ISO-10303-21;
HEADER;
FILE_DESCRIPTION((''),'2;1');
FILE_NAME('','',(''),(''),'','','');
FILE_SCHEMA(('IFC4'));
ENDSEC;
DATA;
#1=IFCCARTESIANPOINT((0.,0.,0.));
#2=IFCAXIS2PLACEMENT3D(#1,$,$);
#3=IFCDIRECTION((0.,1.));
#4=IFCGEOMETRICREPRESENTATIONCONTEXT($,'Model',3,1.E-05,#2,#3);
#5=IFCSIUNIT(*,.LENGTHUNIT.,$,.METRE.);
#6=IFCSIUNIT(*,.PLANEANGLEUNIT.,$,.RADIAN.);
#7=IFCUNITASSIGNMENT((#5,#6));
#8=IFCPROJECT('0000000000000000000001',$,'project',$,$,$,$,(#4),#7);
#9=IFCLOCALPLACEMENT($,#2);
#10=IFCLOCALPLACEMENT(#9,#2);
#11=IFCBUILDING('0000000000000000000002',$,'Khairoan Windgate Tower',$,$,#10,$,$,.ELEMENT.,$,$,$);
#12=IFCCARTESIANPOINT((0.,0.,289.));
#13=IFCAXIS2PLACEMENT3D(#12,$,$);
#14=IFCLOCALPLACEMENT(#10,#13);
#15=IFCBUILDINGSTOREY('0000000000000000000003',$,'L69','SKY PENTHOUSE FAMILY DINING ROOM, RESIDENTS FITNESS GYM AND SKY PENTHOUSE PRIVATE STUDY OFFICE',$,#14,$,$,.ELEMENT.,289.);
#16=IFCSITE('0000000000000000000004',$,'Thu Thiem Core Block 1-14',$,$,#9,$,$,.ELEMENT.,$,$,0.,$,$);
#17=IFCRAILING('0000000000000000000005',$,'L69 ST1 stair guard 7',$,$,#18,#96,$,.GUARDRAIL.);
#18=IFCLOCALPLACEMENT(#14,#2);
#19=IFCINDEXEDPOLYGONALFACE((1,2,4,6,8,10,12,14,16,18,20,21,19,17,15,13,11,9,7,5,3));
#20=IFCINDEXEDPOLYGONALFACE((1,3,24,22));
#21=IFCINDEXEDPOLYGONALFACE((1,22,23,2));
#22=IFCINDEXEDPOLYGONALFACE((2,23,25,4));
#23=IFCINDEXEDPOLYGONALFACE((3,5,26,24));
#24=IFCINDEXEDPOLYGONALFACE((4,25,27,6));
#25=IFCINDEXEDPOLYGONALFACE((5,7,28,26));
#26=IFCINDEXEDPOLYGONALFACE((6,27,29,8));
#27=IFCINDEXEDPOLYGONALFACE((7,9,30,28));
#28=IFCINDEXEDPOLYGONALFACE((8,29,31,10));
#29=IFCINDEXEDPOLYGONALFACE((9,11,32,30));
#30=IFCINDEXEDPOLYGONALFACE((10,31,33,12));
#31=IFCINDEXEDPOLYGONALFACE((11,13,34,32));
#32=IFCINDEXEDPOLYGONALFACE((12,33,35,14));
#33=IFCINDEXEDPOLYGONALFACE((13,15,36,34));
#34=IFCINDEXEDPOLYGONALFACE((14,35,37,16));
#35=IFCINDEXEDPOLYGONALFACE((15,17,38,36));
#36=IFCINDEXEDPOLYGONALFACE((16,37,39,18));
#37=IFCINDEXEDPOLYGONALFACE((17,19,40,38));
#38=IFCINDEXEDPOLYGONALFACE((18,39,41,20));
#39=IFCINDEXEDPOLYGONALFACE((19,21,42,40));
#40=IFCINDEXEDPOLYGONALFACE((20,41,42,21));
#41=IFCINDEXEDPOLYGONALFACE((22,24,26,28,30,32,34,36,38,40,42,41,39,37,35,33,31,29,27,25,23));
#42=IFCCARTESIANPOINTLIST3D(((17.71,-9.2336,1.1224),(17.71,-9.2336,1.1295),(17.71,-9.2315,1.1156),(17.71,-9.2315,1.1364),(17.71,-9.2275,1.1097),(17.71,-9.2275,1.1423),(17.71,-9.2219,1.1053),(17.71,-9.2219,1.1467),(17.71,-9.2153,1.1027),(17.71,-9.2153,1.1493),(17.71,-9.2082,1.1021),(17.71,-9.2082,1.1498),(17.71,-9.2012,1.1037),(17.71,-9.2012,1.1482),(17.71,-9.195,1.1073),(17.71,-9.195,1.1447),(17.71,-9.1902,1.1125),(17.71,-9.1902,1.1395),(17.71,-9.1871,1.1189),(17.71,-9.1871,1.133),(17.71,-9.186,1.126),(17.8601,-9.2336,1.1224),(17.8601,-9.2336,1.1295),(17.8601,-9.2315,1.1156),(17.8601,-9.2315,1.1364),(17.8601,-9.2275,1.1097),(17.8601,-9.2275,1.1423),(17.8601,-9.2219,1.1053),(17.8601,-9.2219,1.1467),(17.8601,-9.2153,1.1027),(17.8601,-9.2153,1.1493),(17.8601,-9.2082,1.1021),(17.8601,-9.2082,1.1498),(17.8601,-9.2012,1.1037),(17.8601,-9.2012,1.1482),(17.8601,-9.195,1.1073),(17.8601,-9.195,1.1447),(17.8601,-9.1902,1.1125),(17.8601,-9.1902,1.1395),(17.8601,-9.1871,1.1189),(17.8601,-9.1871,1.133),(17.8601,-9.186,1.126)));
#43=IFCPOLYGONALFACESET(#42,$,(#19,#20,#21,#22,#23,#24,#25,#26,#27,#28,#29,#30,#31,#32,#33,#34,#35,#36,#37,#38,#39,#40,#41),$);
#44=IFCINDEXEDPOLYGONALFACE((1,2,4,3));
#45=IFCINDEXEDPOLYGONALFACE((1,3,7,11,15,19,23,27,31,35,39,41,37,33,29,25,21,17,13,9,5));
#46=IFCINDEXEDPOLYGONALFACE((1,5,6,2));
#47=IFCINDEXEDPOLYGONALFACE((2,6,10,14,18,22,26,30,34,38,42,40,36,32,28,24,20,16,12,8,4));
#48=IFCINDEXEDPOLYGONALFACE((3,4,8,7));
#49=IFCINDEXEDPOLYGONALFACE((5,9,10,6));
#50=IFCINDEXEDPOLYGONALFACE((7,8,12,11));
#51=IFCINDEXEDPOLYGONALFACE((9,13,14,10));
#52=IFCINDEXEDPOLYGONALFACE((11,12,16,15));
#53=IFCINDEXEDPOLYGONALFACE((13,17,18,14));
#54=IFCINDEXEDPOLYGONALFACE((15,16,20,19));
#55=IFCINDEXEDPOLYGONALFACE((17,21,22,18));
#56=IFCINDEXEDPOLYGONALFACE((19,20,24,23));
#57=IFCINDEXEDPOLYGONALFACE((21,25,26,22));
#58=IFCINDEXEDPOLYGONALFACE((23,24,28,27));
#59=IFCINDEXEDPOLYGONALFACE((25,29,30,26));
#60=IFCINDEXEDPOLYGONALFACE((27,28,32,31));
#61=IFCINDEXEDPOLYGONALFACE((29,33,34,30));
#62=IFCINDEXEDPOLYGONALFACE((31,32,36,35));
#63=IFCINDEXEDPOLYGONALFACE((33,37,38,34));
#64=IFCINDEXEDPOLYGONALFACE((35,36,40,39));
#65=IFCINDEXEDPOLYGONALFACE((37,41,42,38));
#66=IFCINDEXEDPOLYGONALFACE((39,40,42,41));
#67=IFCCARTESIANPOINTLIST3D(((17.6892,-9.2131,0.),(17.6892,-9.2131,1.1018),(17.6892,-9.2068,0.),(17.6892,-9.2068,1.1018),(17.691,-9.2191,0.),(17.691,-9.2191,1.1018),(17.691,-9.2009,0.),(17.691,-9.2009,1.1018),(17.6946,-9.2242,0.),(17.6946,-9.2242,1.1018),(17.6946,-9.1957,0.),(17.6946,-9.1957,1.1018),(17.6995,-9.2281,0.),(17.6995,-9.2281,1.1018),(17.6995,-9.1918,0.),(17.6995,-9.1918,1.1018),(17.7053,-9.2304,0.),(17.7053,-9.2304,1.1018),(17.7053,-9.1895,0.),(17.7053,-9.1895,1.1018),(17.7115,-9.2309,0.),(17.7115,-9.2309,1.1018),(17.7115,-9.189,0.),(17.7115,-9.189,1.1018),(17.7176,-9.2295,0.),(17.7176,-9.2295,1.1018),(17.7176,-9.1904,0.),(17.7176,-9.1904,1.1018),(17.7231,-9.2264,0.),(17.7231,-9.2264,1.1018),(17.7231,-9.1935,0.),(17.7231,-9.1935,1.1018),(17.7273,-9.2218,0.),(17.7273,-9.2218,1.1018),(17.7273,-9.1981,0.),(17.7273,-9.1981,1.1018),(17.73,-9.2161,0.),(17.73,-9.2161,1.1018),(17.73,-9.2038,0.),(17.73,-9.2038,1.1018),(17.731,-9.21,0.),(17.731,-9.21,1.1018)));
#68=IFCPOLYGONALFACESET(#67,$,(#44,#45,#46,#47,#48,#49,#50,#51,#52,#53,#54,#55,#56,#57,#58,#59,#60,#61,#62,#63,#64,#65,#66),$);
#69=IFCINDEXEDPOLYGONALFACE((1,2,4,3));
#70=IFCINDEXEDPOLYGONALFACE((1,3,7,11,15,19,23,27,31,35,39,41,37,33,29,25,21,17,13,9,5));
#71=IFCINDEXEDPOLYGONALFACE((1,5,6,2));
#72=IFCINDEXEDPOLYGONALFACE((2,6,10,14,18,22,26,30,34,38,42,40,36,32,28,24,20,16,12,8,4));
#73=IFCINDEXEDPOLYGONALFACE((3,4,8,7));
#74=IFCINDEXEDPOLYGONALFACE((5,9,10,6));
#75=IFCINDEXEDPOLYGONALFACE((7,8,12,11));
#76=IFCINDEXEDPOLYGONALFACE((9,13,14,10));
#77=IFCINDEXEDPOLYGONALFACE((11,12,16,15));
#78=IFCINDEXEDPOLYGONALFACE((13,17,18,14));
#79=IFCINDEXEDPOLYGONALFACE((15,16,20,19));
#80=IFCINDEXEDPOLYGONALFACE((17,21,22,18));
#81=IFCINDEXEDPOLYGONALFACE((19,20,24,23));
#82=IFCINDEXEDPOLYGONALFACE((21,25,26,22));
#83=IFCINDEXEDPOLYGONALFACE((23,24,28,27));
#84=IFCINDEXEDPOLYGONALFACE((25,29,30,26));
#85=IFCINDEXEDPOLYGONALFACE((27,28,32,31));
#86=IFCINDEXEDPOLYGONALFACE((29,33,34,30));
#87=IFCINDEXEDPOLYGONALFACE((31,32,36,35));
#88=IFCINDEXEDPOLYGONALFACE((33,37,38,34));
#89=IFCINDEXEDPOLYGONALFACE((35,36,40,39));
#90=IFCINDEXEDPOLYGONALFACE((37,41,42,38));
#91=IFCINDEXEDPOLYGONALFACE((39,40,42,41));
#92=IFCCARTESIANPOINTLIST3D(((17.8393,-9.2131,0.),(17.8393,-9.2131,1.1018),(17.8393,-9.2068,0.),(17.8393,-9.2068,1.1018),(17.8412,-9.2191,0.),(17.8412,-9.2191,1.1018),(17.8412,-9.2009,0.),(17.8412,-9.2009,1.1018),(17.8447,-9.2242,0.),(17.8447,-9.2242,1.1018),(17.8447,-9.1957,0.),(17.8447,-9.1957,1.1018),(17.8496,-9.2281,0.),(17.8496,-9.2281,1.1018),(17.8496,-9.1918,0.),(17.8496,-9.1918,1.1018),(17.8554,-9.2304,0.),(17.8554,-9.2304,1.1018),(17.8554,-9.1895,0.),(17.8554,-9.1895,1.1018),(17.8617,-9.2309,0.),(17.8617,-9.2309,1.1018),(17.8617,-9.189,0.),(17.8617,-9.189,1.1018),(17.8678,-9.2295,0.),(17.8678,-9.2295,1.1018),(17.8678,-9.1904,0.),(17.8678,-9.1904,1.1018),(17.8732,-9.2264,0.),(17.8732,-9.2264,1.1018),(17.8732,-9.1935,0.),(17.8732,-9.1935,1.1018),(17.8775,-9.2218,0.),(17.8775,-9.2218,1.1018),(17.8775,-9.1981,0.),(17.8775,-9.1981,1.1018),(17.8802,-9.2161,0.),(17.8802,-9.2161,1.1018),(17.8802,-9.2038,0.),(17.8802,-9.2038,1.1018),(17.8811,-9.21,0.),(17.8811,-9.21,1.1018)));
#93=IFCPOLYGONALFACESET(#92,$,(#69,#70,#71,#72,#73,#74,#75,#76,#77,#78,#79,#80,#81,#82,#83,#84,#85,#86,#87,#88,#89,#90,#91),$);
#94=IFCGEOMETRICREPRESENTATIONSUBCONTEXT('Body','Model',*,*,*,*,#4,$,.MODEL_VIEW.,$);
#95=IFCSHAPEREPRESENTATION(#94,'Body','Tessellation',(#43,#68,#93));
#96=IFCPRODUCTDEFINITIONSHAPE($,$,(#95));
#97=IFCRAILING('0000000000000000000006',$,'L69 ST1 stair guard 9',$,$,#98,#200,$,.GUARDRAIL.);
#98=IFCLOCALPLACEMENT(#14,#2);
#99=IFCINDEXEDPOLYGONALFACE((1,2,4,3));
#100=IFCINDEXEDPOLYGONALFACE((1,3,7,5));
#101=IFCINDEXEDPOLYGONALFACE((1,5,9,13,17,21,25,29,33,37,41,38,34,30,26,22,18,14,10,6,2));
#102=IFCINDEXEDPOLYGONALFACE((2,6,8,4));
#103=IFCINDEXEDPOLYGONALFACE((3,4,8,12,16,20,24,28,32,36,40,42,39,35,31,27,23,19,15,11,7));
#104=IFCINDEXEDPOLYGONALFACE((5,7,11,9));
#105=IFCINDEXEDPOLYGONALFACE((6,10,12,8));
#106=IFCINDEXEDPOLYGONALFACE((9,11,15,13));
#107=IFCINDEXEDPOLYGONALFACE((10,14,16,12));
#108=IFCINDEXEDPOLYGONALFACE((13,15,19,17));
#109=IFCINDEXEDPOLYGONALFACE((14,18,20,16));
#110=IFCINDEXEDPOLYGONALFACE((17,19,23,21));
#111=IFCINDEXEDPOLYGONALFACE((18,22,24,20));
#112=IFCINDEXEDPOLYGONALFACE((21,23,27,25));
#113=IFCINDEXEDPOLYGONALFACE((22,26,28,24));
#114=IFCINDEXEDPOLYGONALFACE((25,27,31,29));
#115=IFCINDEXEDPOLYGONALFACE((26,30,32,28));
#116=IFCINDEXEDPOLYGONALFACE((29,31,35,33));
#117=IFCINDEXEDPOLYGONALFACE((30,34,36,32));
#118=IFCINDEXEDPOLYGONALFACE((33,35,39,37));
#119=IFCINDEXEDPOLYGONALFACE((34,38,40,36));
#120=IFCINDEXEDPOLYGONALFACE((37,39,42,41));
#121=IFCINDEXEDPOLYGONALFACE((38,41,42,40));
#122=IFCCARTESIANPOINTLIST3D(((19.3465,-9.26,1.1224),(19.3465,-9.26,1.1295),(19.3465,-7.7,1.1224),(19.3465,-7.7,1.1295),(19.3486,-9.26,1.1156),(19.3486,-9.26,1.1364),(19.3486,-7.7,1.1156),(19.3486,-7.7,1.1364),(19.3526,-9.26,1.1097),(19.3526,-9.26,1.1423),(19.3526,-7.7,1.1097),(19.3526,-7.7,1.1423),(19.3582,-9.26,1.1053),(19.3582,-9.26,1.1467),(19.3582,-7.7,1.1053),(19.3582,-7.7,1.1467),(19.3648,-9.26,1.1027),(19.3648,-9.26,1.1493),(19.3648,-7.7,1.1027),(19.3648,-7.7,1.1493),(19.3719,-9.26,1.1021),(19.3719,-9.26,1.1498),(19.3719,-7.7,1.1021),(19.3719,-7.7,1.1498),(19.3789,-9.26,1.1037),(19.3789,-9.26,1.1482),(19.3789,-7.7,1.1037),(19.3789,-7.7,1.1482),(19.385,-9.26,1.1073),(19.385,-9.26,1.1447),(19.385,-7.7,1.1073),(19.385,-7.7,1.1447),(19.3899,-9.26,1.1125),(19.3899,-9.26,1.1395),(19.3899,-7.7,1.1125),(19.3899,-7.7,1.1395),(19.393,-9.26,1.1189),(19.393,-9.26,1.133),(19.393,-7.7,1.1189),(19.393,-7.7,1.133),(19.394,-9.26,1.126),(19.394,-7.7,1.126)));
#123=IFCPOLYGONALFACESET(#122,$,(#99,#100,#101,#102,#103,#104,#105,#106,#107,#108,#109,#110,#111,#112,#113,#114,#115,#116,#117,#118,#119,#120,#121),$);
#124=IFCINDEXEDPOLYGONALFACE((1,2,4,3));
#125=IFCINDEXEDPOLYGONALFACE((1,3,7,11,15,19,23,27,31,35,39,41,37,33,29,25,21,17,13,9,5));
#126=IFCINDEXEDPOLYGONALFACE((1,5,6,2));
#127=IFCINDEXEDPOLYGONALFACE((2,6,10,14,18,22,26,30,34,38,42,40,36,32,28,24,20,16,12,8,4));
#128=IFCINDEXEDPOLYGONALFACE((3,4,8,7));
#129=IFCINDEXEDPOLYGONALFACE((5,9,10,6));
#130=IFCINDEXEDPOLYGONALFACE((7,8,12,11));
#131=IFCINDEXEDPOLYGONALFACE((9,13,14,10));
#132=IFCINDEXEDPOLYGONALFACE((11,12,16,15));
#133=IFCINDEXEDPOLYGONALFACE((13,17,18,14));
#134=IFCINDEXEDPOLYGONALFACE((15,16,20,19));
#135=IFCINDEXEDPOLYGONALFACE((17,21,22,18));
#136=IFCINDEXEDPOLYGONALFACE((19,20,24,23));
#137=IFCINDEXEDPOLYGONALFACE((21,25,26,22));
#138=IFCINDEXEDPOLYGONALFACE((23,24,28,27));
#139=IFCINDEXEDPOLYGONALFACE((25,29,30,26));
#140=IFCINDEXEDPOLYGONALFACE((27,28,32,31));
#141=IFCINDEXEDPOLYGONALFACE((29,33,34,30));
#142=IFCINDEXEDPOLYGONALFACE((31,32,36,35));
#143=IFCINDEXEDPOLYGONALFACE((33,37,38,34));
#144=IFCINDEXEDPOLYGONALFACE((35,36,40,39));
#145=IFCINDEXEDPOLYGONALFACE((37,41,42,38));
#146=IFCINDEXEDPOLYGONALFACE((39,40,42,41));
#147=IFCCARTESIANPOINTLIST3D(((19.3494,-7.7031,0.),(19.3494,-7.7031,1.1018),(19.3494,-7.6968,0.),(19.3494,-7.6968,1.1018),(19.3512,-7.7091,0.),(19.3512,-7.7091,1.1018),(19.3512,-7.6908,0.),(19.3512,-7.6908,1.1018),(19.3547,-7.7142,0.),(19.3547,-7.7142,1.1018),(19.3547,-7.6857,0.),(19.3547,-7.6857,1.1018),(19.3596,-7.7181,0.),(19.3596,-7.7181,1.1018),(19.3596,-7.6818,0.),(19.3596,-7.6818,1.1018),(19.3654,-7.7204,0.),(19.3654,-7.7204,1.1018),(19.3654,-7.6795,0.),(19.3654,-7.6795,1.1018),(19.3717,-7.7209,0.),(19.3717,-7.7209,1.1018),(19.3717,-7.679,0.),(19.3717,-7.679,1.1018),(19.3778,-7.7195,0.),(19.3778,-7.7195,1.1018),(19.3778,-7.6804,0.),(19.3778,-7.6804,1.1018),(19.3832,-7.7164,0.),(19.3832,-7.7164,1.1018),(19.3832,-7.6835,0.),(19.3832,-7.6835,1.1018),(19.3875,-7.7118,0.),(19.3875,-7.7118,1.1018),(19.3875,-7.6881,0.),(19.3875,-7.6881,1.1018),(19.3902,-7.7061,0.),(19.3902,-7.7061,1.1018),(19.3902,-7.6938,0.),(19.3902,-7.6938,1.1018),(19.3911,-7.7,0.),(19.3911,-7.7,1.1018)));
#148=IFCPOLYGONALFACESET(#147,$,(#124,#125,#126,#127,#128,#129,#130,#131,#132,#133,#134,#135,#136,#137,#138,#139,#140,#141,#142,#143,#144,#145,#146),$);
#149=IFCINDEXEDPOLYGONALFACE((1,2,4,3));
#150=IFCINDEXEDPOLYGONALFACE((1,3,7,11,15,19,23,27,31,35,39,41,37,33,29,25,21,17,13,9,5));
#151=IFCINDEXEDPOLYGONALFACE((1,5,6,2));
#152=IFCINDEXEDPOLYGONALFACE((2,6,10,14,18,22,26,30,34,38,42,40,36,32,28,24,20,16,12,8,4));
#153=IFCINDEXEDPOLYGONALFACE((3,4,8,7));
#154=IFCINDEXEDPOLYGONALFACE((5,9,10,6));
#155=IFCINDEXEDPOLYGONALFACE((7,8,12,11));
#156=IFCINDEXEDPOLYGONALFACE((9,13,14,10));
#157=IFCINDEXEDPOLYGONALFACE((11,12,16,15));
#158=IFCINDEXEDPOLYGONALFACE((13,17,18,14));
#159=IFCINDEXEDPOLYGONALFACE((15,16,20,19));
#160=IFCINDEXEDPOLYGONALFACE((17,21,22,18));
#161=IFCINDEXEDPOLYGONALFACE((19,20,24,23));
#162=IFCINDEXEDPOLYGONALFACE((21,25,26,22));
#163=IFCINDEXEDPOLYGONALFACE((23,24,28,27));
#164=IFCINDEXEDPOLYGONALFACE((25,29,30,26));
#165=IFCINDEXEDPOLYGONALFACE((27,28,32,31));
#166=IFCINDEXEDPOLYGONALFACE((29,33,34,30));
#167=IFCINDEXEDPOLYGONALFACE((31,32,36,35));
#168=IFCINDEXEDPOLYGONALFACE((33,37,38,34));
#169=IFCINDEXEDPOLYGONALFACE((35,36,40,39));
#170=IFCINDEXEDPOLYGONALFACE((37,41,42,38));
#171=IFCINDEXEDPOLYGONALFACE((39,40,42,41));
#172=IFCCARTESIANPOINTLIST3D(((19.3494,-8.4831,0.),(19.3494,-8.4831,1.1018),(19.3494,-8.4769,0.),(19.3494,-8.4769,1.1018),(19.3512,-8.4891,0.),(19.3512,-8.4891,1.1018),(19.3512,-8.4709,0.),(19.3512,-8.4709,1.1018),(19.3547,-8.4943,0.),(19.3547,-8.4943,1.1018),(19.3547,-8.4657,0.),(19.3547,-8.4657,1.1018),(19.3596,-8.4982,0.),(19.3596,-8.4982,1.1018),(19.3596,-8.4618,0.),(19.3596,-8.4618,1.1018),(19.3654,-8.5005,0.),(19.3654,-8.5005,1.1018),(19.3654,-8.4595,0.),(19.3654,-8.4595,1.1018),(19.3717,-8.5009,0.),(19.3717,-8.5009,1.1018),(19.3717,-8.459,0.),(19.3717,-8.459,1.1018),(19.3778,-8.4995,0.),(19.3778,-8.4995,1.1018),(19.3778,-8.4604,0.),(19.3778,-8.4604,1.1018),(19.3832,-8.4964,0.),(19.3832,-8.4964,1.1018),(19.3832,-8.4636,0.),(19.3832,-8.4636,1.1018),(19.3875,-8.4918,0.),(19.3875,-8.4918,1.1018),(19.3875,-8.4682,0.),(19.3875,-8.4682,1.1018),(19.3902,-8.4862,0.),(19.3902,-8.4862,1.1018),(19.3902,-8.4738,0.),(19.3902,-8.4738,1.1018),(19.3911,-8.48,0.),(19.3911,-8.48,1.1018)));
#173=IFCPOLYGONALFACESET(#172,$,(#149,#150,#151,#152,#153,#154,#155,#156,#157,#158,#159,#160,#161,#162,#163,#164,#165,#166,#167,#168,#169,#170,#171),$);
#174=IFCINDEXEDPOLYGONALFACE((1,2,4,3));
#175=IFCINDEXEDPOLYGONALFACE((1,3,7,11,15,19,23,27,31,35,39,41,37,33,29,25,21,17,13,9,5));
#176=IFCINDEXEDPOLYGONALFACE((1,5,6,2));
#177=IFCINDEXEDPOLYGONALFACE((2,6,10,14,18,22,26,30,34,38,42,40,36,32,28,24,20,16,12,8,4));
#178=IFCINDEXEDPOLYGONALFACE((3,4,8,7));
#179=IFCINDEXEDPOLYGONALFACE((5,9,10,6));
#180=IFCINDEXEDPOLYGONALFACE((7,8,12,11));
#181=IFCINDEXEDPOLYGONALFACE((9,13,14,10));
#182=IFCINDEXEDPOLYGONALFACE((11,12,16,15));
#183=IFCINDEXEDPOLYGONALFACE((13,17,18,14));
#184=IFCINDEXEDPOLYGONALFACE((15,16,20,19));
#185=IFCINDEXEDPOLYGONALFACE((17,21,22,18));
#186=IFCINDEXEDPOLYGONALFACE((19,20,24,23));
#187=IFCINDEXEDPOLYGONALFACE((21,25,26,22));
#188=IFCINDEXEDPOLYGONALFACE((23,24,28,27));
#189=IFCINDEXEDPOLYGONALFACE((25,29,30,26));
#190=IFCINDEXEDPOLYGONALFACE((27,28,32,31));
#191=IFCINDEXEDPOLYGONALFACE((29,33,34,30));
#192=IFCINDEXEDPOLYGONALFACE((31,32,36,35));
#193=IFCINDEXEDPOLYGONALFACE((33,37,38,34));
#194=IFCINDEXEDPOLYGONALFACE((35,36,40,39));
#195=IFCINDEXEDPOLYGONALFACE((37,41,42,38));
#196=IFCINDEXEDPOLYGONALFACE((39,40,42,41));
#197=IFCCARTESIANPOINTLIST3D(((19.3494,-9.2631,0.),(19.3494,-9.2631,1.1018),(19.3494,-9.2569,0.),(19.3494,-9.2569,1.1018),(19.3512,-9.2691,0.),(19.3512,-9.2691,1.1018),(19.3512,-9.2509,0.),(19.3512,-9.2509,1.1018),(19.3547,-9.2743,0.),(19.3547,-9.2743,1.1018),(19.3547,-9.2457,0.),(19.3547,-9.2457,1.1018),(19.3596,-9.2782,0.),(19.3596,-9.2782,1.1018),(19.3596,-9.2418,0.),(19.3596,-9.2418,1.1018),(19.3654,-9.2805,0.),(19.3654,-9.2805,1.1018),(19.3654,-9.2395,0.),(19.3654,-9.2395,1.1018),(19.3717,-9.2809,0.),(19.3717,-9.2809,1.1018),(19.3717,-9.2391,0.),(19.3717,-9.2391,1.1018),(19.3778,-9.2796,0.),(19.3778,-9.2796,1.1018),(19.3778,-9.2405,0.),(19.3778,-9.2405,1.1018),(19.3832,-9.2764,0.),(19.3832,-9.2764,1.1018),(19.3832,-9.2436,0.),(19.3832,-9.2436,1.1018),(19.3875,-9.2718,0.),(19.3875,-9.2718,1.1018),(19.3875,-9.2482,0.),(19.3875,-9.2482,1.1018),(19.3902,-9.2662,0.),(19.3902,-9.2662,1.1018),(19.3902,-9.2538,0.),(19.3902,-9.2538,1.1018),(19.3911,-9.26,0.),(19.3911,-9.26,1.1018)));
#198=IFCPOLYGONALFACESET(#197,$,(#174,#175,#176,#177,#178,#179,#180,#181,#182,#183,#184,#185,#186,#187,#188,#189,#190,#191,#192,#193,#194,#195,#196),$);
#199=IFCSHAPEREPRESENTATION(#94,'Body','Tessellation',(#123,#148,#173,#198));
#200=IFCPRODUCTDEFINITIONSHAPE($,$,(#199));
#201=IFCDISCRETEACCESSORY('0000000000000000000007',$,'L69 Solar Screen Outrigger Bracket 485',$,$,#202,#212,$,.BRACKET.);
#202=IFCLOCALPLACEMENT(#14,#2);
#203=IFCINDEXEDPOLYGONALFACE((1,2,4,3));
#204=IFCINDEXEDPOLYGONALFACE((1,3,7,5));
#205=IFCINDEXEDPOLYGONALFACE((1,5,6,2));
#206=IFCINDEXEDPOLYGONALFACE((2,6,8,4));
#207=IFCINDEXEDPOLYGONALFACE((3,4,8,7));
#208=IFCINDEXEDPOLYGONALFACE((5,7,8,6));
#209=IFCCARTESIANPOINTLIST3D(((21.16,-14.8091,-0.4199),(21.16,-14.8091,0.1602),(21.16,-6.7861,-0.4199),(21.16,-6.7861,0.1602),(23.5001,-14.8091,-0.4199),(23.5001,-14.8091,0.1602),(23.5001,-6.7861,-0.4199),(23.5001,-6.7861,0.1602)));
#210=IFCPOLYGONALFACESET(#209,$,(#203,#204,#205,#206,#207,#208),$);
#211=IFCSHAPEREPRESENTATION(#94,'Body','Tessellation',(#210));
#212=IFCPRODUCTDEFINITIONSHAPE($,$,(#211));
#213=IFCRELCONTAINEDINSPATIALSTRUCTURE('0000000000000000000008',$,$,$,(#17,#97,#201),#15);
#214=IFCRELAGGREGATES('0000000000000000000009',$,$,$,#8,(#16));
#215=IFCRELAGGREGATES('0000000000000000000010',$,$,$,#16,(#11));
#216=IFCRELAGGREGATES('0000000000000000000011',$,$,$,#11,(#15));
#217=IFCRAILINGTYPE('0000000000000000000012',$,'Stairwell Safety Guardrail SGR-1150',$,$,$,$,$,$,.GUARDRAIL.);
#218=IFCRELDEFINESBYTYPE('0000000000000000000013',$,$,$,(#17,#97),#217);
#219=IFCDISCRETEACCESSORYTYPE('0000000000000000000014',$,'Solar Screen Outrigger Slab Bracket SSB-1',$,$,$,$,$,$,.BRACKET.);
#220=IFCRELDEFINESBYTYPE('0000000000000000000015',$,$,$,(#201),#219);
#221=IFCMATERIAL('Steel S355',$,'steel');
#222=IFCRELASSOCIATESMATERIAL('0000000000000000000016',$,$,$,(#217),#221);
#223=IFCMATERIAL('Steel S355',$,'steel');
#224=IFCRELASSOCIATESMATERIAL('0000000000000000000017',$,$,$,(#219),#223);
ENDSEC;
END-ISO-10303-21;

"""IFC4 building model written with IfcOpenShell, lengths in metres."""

from ifc_helpers import new_model, si_unit, direction, frame, origin, origin_2d, place, context, subcontext, project, spatial, rectangle, circle, extrude, material, type_object, element, save


model = new_model("IFC4")

# Units and contexts
model_context = context("Model", 3, precision=1e-05, world=origin(), true_north=direction((0.0, 1.0)))
body_context = subcontext(model_context, "Body", "Model", "MODEL_VIEW")
ifc_project = project(units=[si_unit("LENGTHUNIT", "METRE"), si_unit("PLANEANGLEUNIT", "RADIAN")], contexts=[model_context])

# Site, building, storey
site_placement = place(None, origin())
site = spatial("IfcSite", under=ifc_project, at=site_placement, Name="Thu Thiem Core Block 1-14", CompositionType="ELEMENT", RefElevation=0.0)
building_placement = place(site_placement, origin())
building = spatial("IfcBuilding", under=site, at=building_placement, Name="Khairoan Windgate Tower", CompositionType="ELEMENT")
storey_placement = place(building_placement, frame((0.0, 0.0, 289.0)))
storey = spatial("IfcBuildingStorey", under=building, at=storey_placement, Name="L69", Description="SKY PENTHOUSE FAMILY DINING ROOM, RESIDENTS FITNESS GYM AND SKY PENTHOUSE PRIVATE STUDY OFFICE", CompositionType="ELEMENT", Elevation=289.0)

# Railings
ifc_material_1 = material(Name="Steel S355", Category="steel")
railing_type_1 = type_object("IfcRailingType", Name="Stairwell Safety Guardrail SGR-1150", PredefinedType="GUARDRAIL", material=ifc_material_1)
railing_1_placement = place(storey_placement, frame((17.71, -9.21, 0.0)))
element("IfcRailing", 1, at=railing_1_placement, inside=storey, type_object=railing_type_1, Name="L69 ST1 stair guard 7", PredefinedType="GUARDRAIL", context=body_context, shape_type="SweptSolid", body=[
    extrude(circle(Radius=0.0239, at=origin_2d()), frame((0.0, 0.0, 1.126), z_axis=(1.0, 0.0, 0.0), x_axis=(0.0, 1.0, 0.0)), (0.0, 0.0, 1.0), 0.1501),
    extrude(circle(Radius=0.021, at=origin_2d()), origin(), (0.0, 0.0, 1.0), 1.1018),
    extrude(circle(Radius=0.021, at=origin_2d()), frame((0.1501, 0.0, 0.0)), (0.0, 0.0, 1.0), 1.1018),
])
railing_2_placement = place(storey_placement, frame((19.3701, -7.7, 0.0)))
element("IfcRailing", 2, at=railing_2_placement, inside=storey, type_object=railing_type_1, Name="L69 ST1 stair guard 9", PredefinedType="GUARDRAIL", context=body_context, shape_type="SweptSolid", body=[
    extrude(circle(Radius=0.0239, at=origin_2d()), frame((0.0, 0.0, 1.126), z_axis=(0.0, -1.0, 0.0), x_axis=(1.0, 0.0, 0.0)), (0.0, 0.0, 1.0), 1.5601),
    extrude(circle(Radius=0.021, at=origin_2d()), origin(), (0.0, 0.0, 1.0), 1.1018),
    extrude(circle(Radius=0.021, at=origin_2d()), frame((0.0, -0.78, 0.0)), (0.0, 0.0, 1.0), 1.1018),
    extrude(circle(Radius=0.021, at=origin_2d()), frame((0.0, -1.5601, 0.0)), (0.0, 0.0, 1.0), 1.1018),
])

# Discrete accessory
ifc_material_2 = material(Name="Steel S355", Category="steel")
discrete_accessory_type = type_object("IfcDiscreteAccessoryType", Name="Solar Screen Outrigger Slab Bracket SSB-1", PredefinedType="BRACKET", material=ifc_material_2)
discrete_accessory_placement = place(storey_placement, frame((22.3301, -10.7976, -0.4199), z_axis=(0.0, 0.0, 1.0), x_axis=(0.0, -1.0, 0.0)))
element("IfcDiscreteAccessory", 3, at=discrete_accessory_placement, inside=storey, type_object=discrete_accessory_type, Name="L69 Solar Screen Outrigger Bracket 485", PredefinedType="BRACKET", context=body_context, shape_type="SweptSolid", body=[
    extrude(rectangle(XDim=8.0229, YDim=2.3401, at=origin_2d()), origin(), (0.0, 0.0, 1.0), 0.5801),
])

save(model, "model.ifc")
